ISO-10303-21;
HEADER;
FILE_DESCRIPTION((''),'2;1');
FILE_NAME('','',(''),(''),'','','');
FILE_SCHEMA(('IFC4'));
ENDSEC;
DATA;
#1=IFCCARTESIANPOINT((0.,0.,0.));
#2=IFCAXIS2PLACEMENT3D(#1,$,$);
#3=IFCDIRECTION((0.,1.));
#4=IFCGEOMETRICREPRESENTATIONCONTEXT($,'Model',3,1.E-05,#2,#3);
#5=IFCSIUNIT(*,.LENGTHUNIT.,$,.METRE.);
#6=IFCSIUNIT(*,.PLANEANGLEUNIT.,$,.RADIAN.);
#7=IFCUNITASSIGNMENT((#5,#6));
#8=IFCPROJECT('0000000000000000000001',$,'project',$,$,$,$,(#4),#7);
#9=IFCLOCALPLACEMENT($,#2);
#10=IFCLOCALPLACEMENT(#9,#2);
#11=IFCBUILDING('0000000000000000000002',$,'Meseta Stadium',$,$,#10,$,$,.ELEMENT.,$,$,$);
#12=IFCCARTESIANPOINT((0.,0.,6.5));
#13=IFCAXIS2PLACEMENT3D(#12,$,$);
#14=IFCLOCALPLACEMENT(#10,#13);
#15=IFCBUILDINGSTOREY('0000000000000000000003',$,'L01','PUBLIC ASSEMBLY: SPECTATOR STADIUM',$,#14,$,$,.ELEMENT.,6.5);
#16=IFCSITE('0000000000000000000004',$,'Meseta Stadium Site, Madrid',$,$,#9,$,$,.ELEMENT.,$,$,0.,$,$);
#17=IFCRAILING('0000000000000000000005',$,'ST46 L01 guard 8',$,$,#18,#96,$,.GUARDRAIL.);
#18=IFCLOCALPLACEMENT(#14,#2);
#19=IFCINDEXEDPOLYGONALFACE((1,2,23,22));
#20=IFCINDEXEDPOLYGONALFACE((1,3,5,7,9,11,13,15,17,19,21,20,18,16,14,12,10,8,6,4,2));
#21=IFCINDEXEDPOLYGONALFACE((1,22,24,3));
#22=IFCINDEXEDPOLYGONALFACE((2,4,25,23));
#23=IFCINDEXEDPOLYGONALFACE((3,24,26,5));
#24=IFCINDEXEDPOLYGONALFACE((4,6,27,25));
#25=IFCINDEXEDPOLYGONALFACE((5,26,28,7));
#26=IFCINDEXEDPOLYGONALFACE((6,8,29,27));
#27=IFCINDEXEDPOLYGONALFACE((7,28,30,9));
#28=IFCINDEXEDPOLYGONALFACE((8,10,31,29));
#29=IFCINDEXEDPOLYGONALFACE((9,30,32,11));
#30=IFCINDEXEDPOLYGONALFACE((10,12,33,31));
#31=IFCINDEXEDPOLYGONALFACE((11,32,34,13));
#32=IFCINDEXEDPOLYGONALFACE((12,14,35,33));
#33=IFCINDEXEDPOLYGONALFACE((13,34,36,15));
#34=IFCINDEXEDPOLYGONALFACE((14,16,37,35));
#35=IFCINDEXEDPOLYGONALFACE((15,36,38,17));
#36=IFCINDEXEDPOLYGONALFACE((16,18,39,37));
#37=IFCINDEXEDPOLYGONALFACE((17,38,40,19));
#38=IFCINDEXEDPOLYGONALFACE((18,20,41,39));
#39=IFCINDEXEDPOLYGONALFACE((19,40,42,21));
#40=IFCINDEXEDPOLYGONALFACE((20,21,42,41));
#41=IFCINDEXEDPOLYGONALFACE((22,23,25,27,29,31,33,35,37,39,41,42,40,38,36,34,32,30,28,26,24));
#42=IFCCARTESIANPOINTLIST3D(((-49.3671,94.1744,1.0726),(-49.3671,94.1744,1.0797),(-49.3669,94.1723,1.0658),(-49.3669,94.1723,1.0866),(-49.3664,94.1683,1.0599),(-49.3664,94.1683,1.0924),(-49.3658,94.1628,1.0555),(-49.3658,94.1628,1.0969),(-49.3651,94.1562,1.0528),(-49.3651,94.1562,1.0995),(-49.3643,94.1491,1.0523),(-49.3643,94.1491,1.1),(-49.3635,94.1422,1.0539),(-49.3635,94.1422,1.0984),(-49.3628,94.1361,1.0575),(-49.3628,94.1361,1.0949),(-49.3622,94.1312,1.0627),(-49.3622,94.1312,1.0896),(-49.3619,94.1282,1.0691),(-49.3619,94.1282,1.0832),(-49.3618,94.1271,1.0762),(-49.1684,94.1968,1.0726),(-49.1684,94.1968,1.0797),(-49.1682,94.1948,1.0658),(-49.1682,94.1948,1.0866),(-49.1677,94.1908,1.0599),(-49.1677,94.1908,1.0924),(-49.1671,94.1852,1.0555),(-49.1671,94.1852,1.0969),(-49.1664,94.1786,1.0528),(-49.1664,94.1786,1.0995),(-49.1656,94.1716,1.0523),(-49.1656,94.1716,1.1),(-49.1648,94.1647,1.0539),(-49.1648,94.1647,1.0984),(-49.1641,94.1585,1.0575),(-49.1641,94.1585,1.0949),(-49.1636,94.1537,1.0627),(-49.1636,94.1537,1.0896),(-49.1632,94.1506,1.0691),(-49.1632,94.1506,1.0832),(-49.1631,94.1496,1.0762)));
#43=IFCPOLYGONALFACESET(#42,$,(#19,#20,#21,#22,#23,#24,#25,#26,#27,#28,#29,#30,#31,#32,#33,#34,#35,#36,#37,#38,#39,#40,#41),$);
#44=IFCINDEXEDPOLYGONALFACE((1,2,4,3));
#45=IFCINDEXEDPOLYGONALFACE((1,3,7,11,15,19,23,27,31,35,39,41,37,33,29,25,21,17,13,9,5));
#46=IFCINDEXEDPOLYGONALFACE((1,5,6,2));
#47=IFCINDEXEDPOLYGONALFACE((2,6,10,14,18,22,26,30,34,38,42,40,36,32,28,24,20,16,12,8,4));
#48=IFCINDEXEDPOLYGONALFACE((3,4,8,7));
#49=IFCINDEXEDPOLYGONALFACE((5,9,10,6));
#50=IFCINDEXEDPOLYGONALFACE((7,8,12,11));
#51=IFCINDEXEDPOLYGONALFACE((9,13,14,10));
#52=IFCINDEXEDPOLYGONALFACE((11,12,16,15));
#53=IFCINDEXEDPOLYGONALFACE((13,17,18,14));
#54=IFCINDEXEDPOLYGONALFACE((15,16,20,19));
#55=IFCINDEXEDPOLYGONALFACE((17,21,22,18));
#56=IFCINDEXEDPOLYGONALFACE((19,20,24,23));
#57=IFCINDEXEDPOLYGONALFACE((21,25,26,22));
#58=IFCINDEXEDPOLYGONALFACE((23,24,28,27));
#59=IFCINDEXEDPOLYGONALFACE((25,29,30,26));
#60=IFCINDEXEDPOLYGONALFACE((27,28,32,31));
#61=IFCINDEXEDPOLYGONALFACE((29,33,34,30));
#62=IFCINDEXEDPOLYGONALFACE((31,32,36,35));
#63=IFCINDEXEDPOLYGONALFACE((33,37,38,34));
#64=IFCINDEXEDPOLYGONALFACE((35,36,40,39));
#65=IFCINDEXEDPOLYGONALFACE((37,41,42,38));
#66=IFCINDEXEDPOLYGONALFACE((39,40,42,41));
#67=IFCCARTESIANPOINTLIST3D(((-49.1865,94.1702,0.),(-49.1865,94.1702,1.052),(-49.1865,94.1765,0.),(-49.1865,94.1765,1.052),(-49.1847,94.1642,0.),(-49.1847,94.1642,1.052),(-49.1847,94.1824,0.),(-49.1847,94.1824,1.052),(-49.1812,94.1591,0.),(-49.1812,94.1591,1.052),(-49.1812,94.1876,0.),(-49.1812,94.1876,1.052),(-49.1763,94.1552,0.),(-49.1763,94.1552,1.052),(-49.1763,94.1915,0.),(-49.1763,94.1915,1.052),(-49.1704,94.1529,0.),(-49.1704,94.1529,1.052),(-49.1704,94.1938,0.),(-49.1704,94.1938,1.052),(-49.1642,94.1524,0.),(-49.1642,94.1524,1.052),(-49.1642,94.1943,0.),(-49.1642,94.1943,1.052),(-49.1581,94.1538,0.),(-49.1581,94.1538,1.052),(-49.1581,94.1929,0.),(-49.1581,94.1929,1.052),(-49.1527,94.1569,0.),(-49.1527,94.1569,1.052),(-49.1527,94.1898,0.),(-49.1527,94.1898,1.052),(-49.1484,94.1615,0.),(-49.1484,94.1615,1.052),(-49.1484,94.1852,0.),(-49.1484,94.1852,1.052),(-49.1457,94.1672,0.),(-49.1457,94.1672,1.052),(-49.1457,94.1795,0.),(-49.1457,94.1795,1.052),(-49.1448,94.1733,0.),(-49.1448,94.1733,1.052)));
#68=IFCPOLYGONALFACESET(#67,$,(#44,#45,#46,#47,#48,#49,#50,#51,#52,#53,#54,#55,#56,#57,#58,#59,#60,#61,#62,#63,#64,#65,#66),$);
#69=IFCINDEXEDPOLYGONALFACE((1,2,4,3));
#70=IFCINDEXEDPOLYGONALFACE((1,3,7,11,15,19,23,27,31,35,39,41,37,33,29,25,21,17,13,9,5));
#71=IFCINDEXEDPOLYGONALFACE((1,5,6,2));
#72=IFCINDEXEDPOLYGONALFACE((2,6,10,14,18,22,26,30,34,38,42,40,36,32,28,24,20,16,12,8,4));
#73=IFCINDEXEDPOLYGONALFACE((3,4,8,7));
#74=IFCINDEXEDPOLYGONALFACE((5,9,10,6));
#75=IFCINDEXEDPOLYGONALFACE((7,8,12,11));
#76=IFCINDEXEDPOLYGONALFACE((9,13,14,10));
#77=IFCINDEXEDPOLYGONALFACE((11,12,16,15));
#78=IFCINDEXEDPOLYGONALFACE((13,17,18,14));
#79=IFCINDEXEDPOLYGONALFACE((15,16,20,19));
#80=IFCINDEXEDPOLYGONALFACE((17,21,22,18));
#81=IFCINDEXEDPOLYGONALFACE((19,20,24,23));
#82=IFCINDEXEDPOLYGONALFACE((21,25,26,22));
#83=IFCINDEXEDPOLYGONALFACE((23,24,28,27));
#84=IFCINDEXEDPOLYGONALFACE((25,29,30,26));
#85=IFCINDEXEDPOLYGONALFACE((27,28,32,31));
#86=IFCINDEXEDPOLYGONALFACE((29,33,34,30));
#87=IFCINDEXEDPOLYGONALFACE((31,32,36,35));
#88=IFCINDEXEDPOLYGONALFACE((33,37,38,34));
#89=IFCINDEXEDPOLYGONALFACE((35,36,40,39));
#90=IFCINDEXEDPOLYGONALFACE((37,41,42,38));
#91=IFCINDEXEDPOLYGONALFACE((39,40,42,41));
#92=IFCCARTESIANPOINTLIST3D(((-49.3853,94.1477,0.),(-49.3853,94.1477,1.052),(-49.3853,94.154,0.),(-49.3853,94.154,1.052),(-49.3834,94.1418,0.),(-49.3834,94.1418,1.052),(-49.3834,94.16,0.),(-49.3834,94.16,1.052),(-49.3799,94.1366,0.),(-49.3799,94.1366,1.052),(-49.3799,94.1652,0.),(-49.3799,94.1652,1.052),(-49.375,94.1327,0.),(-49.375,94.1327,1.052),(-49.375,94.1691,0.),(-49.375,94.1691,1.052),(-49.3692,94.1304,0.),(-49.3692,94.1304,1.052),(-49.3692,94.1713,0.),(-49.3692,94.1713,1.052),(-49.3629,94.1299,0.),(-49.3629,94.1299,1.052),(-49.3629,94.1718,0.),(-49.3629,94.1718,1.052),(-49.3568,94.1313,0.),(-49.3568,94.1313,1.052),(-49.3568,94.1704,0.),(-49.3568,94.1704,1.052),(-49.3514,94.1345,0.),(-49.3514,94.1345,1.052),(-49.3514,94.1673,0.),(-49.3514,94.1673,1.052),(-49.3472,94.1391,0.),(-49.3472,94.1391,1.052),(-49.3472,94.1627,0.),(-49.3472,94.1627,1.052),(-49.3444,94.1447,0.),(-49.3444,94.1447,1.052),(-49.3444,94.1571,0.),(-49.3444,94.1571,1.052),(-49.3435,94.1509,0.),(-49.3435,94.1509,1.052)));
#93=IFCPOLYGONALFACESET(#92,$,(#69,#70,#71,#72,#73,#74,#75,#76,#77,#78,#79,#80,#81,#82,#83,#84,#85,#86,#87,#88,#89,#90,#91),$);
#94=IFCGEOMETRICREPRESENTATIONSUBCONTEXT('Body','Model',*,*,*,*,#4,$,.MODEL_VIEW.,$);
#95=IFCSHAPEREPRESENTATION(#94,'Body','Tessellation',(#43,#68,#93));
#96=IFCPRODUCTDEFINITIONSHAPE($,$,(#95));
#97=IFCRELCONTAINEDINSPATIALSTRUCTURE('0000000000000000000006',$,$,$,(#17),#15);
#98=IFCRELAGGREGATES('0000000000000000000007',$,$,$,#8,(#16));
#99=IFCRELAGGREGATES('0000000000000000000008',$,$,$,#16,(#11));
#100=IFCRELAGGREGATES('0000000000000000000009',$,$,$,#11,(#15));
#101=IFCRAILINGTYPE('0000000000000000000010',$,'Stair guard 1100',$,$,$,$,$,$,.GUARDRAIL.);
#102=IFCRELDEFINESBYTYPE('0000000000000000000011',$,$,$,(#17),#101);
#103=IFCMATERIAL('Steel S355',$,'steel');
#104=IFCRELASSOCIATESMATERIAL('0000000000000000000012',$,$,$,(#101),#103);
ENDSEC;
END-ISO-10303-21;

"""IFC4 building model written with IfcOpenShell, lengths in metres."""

from ifc_helpers import new_model, si_unit, direction, frame, origin, origin_2d, place, context, subcontext, project, spatial, circle, extrude, material, type_object, element, save


model = new_model("IFC4")

# Units and contexts
model_context = context("Model", 3, precision=1e-05, world=origin(), true_north=direction((0.0, 1.0)))
body_context = subcontext(model_context, "Body", "Model", "MODEL_VIEW")
ifc_project = project(units=[si_unit("LENGTHUNIT", "METRE"), si_unit("PLANEANGLEUNIT", "RADIAN")], contexts=[model_context])

# Site, building, storey
site_placement = place(None, origin())
site = spatial("IfcSite", under=ifc_project, at=site_placement, Name="Meseta Stadium Site, Madrid", CompositionType="ELEMENT", RefElevation=0.0)
building_placement = place(site_placement, origin())
building = spatial("IfcBuilding", under=site, at=building_placement, Name="Meseta Stadium", CompositionType="ELEMENT")
storey_placement = place(building_placement, frame((0.0, 0.0, 6.5)))
storey = spatial("IfcBuildingStorey", under=building, at=storey_placement, Name="L01", Description="PUBLIC ASSEMBLY: SPECTATOR STADIUM", CompositionType="ELEMENT", Elevation=6.5)

# Railing
ifc_material_1 = material(Name="Steel S355", Category="steel")
railing_type_1 = type_object("IfcRailingType", Name="Stair guard 1100", PredefinedType="GUARDRAIL", material=ifc_material_1)
railing_1_placement = place(storey_placement, frame((-49.1658, 94.1733, 0.0)))
element("IfcRailing", 1, at=railing_1_placement, inside=storey, type_object=railing_type_1, Name="ST46 L01 guard 8", PredefinedType="GUARDRAIL", context=body_context, shape_type="SweptSolid", body=[
    extrude(circle(Radius=0.0239, at=origin_2d()), frame((0.0, 0.0, 1.0762), z_axis=(-0.993674, -0.112307, 0.0), x_axis=(0.112307, -0.993674, 0.0)), (0.0, 0.0, 1.0), 0.2),
    extrude(circle(Radius=0.021, at=origin_2d()), origin(), (0.0, 0.0, 1.0), 1.052),
    extrude(circle(Radius=0.021, at=origin_2d()), frame((-0.1987, -0.0225, 0.0)), (0.0, 0.0, 1.0), 1.052),
])

save(model, "model.ifc")
